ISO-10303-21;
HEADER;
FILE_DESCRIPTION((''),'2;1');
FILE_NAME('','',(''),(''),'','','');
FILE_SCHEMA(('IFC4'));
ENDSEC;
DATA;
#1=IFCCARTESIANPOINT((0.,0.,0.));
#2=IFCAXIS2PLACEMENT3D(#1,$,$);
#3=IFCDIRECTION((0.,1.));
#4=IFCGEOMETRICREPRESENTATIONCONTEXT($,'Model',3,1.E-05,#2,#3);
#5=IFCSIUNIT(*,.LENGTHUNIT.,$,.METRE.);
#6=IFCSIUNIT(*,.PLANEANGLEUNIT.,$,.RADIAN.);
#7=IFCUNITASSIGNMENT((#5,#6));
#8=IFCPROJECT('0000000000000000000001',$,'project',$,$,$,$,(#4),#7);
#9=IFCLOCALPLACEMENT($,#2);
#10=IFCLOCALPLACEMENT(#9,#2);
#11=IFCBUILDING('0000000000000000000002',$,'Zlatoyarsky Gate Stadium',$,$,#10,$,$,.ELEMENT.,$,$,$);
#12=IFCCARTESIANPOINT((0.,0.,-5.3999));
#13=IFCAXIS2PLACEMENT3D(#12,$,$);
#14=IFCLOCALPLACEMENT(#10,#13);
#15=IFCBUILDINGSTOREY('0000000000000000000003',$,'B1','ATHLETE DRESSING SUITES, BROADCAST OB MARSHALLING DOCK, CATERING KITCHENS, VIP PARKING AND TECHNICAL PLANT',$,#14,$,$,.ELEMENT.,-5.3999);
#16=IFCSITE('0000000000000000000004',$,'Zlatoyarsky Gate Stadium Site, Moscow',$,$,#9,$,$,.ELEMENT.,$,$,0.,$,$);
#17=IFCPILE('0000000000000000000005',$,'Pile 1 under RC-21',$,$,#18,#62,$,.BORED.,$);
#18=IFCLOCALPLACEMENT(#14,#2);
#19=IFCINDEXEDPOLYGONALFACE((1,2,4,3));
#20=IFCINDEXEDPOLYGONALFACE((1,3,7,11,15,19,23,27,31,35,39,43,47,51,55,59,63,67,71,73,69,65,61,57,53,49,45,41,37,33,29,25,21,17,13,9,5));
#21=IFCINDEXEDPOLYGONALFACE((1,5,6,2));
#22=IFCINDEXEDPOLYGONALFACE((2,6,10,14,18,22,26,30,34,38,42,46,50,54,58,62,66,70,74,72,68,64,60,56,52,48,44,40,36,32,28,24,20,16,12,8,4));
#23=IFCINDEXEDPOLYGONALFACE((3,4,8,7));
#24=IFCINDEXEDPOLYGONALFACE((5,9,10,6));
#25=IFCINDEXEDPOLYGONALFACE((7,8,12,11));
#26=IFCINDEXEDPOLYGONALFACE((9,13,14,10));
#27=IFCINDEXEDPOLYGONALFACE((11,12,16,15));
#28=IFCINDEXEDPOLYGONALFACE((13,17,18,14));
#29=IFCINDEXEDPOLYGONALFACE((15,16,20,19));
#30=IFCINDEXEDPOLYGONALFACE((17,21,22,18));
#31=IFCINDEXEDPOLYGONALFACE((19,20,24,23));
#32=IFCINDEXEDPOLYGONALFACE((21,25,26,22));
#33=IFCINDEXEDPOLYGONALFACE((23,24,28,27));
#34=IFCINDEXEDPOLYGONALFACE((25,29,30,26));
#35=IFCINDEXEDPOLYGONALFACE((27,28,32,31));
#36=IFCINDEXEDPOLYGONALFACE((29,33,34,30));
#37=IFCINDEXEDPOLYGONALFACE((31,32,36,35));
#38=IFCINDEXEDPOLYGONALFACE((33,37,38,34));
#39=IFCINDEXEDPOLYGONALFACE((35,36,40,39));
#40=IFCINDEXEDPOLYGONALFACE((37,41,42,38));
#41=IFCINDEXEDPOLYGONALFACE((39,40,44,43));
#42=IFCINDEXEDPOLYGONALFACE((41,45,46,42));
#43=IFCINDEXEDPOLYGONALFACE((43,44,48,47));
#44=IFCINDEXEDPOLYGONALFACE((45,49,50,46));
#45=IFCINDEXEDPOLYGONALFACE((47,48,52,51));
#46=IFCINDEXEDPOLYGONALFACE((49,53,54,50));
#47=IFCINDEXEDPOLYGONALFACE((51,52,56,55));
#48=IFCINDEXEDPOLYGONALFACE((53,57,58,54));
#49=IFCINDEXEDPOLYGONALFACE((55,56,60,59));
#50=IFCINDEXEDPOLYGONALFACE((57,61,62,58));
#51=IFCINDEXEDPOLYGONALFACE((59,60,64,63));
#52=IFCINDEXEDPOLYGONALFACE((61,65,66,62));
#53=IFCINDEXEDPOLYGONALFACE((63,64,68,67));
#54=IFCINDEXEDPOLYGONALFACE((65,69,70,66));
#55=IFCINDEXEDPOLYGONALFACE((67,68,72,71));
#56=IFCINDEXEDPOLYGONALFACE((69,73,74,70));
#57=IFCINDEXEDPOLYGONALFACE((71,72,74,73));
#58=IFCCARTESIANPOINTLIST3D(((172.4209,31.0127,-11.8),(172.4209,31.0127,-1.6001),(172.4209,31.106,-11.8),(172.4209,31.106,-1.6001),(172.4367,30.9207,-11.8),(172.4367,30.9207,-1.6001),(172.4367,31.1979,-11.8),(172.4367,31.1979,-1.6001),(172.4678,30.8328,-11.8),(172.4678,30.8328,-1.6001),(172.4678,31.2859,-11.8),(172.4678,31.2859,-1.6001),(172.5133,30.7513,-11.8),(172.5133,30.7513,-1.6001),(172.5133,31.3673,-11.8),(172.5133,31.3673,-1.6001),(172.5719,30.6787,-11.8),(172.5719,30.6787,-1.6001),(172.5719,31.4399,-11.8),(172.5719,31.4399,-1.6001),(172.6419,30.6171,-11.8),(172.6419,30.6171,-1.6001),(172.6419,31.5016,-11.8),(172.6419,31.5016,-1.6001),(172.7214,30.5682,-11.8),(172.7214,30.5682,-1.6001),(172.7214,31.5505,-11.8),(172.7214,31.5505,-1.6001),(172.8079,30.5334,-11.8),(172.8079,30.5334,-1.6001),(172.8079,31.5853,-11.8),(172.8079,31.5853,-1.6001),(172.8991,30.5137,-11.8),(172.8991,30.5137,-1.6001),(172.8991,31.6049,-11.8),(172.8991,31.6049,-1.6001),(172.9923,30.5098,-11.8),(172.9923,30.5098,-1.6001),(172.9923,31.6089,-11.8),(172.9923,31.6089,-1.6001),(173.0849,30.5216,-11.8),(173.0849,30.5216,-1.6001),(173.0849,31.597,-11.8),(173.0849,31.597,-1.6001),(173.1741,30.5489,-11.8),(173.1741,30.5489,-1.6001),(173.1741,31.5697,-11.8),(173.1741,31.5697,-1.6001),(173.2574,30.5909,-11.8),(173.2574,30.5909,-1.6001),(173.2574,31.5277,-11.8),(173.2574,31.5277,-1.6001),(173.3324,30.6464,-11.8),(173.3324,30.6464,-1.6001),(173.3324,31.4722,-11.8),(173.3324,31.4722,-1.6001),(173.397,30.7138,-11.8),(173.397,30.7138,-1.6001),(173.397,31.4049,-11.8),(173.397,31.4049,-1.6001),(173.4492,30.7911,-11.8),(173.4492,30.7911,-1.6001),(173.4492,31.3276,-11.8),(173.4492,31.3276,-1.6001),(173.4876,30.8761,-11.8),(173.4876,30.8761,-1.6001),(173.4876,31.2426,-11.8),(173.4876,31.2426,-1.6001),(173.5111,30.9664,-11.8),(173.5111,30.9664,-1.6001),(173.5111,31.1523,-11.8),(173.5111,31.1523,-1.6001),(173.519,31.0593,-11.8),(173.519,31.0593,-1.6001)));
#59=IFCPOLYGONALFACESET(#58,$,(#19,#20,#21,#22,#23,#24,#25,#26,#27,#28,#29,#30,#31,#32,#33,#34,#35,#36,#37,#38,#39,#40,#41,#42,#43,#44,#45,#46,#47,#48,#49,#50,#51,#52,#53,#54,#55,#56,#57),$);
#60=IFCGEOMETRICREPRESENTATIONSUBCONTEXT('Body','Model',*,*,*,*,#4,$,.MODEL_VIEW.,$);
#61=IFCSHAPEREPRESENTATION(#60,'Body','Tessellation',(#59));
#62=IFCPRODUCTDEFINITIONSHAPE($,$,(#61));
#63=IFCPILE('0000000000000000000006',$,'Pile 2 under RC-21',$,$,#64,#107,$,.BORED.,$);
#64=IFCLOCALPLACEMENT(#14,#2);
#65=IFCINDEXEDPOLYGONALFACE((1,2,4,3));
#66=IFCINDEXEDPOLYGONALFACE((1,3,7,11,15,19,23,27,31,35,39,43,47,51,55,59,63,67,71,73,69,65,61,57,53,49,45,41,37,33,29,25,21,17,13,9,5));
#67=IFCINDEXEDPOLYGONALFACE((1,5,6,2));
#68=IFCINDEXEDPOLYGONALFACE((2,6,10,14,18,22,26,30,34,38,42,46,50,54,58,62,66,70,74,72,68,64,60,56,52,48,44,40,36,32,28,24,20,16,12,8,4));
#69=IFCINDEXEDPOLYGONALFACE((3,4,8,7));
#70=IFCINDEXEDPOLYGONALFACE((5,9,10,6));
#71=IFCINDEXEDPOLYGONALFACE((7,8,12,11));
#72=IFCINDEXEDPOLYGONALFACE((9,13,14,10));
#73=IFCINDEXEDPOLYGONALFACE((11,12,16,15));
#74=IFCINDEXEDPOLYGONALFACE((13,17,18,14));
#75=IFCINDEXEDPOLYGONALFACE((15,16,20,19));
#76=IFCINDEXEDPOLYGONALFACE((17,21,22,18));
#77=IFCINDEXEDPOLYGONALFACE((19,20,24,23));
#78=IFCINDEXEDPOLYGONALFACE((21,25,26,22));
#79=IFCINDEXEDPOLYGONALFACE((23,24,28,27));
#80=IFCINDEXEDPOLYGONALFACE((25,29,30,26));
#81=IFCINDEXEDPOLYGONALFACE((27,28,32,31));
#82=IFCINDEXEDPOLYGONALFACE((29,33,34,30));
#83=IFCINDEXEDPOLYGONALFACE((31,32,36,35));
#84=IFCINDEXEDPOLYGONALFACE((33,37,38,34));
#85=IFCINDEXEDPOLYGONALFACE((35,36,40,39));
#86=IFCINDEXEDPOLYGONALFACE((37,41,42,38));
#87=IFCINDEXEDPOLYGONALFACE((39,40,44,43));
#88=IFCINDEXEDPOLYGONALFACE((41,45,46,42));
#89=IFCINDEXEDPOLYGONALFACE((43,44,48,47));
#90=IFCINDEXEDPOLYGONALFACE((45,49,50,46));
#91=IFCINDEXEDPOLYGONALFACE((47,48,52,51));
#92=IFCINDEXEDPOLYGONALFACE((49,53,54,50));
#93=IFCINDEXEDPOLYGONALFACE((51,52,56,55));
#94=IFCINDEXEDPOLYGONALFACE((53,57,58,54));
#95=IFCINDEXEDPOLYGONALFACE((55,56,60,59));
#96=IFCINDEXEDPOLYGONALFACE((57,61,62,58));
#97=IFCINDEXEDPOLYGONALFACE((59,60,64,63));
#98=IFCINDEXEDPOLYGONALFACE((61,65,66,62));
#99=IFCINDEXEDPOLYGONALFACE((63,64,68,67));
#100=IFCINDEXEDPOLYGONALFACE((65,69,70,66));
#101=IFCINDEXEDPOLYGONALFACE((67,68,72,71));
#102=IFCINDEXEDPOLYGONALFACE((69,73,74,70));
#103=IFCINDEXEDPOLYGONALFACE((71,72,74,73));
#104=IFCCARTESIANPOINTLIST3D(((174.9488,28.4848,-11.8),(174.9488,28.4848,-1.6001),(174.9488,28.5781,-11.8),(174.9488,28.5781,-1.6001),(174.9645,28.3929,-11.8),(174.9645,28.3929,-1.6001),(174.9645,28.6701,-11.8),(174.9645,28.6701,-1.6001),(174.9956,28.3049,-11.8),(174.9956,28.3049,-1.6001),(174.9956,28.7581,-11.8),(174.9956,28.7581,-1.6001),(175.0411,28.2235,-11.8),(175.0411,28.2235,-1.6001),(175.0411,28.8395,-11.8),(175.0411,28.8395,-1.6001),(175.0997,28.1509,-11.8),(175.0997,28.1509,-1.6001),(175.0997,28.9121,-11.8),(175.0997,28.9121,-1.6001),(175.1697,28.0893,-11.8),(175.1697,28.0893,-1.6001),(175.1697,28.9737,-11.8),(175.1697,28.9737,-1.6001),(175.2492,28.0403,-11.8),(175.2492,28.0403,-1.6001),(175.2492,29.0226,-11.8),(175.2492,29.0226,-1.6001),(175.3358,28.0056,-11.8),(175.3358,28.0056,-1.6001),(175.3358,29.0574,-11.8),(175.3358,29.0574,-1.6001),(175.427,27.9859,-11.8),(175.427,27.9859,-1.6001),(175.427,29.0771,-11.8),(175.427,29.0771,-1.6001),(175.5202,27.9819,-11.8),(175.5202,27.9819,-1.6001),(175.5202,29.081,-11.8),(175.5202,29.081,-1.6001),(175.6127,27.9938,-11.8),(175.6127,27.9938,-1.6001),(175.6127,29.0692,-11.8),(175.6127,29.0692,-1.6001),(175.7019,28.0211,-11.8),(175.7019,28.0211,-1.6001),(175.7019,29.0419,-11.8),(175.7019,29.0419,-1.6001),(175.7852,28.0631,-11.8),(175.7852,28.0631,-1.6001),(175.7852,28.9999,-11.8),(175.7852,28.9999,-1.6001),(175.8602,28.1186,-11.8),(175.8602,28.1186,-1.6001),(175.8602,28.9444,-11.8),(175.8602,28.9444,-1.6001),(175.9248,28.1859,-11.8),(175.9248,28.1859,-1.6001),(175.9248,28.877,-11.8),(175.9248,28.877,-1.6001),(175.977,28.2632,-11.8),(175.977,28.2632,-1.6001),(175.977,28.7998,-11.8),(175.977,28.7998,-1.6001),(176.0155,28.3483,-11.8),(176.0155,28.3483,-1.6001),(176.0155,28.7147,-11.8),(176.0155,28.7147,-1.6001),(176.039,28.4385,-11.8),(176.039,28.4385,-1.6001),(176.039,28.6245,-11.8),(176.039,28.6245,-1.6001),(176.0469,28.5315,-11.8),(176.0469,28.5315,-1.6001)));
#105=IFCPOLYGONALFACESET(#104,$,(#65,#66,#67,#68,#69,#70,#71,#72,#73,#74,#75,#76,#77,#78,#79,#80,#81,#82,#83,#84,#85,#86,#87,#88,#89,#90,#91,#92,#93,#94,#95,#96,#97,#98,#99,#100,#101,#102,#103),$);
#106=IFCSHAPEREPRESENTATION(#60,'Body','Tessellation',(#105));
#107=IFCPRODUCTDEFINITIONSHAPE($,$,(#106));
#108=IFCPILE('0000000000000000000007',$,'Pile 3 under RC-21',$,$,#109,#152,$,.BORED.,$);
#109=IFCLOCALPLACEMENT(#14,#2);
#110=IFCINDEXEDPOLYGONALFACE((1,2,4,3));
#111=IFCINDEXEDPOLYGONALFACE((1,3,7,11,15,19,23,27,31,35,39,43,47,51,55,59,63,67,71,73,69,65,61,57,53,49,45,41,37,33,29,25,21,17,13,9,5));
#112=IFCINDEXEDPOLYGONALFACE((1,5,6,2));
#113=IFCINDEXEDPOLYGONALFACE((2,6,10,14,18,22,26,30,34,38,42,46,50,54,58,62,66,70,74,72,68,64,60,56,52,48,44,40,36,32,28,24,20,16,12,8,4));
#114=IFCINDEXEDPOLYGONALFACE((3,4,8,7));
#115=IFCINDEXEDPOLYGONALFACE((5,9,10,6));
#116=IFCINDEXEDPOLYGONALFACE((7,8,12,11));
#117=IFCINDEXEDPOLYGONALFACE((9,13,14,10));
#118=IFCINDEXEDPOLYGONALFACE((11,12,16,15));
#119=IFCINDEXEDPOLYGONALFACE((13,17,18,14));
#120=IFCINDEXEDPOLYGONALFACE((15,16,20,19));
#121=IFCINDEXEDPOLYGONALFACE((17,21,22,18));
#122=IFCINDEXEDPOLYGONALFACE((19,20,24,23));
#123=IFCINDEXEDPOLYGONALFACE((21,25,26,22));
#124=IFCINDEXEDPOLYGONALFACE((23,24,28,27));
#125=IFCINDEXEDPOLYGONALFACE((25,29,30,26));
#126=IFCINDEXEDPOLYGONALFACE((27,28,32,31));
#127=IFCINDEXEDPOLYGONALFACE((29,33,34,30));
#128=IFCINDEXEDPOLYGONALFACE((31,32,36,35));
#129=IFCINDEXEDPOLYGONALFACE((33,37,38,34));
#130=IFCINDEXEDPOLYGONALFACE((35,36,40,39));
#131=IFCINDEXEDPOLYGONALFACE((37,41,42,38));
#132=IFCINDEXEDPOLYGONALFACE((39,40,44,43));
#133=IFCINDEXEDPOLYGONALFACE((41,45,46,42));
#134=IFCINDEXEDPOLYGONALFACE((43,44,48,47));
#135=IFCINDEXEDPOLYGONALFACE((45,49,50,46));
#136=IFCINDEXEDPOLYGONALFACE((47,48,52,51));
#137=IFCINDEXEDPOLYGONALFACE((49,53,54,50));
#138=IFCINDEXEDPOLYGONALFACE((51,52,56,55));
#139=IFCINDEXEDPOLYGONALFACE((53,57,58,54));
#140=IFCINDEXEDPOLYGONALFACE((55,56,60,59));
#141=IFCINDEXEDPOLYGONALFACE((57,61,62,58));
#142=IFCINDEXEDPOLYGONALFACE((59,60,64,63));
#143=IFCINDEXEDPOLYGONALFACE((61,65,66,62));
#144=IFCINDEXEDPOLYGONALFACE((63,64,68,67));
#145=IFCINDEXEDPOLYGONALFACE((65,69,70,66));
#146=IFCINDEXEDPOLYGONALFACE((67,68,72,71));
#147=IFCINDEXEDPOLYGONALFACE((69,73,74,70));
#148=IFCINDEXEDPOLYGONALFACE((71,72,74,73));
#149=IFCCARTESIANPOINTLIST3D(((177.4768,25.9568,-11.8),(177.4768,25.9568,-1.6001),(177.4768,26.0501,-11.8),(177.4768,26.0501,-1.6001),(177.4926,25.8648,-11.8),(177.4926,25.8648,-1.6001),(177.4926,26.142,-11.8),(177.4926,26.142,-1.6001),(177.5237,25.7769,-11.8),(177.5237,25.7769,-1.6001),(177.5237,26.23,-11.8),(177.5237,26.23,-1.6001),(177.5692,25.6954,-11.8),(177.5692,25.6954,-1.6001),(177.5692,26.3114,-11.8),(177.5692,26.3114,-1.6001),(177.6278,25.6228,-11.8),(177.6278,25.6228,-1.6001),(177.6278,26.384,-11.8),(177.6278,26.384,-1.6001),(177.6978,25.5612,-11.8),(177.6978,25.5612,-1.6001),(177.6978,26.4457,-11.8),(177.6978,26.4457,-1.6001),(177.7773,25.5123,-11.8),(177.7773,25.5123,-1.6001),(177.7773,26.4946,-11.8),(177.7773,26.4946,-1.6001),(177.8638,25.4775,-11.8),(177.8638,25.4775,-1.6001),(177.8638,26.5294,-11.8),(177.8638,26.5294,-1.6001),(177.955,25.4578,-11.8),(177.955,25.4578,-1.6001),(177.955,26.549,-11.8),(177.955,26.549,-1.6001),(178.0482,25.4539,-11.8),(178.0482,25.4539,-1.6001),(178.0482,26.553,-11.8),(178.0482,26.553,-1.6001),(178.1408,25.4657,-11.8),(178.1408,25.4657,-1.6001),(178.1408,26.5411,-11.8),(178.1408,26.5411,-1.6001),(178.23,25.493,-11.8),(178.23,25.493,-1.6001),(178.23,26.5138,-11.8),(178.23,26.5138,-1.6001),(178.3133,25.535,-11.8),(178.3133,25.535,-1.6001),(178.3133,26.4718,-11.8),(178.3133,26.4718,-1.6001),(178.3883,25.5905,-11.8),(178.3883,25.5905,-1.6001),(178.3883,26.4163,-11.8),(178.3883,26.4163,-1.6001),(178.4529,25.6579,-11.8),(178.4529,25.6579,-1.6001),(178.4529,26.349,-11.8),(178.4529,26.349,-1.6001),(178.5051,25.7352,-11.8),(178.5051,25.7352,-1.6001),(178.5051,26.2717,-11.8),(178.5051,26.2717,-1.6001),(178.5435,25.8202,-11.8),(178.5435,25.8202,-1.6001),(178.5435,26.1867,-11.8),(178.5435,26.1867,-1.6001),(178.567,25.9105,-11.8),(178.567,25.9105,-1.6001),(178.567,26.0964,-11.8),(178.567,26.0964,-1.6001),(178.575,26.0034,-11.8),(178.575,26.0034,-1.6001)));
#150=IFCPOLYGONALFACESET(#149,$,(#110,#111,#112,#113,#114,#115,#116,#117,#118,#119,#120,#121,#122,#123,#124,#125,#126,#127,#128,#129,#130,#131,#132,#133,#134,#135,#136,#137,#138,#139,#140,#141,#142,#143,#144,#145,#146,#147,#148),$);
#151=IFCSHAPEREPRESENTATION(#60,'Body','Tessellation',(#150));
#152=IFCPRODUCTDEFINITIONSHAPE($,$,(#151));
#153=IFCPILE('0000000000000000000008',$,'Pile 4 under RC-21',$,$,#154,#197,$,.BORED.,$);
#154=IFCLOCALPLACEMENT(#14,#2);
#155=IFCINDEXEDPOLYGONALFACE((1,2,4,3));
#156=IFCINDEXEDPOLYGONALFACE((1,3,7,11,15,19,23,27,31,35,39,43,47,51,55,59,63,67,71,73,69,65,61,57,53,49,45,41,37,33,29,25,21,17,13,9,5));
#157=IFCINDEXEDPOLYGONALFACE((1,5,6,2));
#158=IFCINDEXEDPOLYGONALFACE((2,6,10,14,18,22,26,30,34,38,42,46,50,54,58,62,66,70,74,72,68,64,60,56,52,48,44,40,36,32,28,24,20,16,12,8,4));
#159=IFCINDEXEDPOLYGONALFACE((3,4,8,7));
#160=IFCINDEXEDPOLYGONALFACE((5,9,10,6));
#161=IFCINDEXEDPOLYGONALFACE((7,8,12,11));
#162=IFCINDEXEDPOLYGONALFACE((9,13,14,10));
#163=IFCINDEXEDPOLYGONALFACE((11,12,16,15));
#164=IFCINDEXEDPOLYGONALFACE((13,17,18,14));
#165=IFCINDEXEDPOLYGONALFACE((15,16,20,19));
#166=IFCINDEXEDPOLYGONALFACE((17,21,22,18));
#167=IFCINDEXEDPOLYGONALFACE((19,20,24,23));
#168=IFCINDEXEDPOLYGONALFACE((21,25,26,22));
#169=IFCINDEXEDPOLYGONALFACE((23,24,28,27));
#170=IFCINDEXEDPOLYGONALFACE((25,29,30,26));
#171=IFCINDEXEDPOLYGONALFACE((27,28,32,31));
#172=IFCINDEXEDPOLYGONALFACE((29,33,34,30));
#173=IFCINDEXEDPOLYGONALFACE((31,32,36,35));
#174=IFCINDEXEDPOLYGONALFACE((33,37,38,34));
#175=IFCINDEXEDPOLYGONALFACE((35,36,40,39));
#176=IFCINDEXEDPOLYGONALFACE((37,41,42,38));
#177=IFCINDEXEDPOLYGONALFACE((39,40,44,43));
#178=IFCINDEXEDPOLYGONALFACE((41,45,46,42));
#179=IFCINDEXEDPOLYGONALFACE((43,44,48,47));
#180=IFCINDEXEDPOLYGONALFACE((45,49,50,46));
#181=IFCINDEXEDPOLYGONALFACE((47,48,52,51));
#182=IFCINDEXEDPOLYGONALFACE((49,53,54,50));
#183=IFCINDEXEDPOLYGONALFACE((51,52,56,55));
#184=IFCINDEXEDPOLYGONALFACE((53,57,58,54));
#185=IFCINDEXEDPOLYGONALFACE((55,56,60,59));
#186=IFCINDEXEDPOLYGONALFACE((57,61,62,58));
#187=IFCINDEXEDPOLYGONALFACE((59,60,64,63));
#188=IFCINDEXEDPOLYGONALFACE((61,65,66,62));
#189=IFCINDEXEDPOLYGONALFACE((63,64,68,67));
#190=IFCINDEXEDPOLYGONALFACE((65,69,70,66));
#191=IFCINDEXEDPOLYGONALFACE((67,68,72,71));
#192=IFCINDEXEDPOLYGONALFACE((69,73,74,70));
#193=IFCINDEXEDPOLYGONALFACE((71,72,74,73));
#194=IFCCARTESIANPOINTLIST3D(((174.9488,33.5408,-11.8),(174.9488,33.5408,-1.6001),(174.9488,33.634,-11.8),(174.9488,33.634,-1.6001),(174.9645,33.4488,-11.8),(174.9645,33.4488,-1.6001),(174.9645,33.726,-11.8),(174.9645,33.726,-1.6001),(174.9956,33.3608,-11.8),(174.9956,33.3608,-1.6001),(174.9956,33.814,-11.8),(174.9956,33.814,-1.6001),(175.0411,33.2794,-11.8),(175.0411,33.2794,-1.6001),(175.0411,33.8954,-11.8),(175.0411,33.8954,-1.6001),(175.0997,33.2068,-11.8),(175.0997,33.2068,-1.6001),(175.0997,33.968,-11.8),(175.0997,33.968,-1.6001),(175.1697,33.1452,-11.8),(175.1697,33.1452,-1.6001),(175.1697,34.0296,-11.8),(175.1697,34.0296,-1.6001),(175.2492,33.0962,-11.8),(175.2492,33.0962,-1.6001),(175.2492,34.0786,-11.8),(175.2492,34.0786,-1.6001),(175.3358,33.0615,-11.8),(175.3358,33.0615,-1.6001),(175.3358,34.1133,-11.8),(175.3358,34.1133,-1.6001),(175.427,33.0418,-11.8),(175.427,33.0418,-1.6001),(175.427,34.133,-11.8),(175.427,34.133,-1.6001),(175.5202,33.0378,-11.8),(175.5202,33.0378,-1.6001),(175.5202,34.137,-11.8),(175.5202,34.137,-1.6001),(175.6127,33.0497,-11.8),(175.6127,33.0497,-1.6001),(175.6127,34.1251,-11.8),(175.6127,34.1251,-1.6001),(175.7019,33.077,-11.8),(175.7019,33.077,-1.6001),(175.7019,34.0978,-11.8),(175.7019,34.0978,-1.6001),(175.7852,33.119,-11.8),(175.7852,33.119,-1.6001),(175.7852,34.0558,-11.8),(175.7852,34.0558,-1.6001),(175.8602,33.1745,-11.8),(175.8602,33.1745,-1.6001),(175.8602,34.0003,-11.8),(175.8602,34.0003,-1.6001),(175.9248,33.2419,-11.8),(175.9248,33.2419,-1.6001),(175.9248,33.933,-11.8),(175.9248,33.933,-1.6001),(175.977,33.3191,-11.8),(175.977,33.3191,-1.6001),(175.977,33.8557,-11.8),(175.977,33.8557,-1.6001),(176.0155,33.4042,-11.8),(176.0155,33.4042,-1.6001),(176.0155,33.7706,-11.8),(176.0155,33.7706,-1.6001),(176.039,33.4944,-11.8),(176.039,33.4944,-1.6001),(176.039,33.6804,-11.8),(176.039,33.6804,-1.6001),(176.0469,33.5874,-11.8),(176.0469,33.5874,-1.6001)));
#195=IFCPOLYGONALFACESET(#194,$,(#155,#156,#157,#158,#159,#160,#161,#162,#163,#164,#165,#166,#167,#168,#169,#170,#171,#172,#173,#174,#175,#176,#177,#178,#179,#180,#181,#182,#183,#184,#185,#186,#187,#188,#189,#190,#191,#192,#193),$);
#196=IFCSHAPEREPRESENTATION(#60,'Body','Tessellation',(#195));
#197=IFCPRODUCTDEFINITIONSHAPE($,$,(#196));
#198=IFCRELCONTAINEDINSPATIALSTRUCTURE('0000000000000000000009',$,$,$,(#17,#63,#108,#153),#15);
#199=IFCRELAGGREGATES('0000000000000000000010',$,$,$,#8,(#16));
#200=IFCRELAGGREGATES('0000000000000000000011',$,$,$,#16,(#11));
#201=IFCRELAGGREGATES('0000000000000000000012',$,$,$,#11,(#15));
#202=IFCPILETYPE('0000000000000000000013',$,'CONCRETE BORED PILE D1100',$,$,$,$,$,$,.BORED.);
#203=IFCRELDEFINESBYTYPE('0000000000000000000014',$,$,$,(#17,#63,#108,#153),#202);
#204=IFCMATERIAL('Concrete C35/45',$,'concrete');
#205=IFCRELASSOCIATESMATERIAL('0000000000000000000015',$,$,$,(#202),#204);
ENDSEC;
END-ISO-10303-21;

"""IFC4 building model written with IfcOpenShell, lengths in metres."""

from ifc_helpers import new_model, si_unit, direction, frame, origin, origin_2d, place, context, subcontext, project, spatial, circle, extrude, material, material_profile, profile_set, type_object, element, save


model = new_model("IFC4")

# Units and contexts
model_context = context("Model", 3, precision=1e-05, world=origin(), true_north=direction((0.0, 1.0)))
body_context = subcontext(model_context, "Body", "Model", "MODEL_VIEW")
ifc_project = project(units=[si_unit("LENGTHUNIT", "METRE"), si_unit("PLANEANGLEUNIT", "RADIAN")], contexts=[model_context])

# Site, building, storey
site_placement = place(None, origin())
site = spatial("IfcSite", under=ifc_project, at=site_placement, Name="Zlatoyarsky Gate Stadium Site, Moscow", CompositionType="ELEMENT", RefElevation=0.0)
building_placement = place(site_placement, origin())
building = spatial("IfcBuilding", under=site, at=building_placement, Name="Zlatoyarsky Gate Stadium", CompositionType="ELEMENT")
storey_placement = place(building_placement, frame((0.0, 0.0, -5.3999)))
storey = spatial("IfcBuildingStorey", under=building, at=storey_placement, Name="B1", Description="ATHLETE DRESSING SUITES, BROADCAST OB MARSHALLING DOCK, CATERING KITCHENS, VIP PARKING AND TECHNICAL PLANT", CompositionType="ELEMENT", Elevation=-5.3999)

# Piles
ifc_material_1 = material(Name="Concrete C35/45", Category="concrete")
ifc_material_profile_1 = material_profile(ifc_material_1, circle(Radius=0.55, at=origin_2d()), Name="BORED PILE D1100")
ifc_profile_set_1 = profile_set([ifc_material_profile_1], Name="Concrete C35/45")
pile_type_1 = type_object("IfcPileType", Name="CONCRETE BORED PILE D1100", PredefinedType="BORED", material=ifc_profile_set_1)
for number, where, z_axis, x_axis, name in (
    (1, (172.969, 31.0593, -1.6001), (0.0, 0.0, -1.0), (1.0, 0.0, 0.0), "Pile 1 under RC-21"),
    (2, (175.4968, 28.5315, -1.6001), (0.0, 0.0, -1.0), (1.0, 0.0, 0.0), "Pile 2 under RC-21"),
    (3, (178.0249, 26.0034, -1.6001), (0.0, 0.0, -1.0), (1.0, 0.0, 0.0), "Pile 3 under RC-21"),
    (4, (175.4968, 33.5874, -1.6001), (0.0, 0.0, -1.0), (1.0, 0.0, 0.0), "Pile 4 under RC-21"),
):
    element("IfcPile", number, at=place(storey_placement, frame(where, z_axis=z_axis, x_axis=x_axis)), inside=storey, type_object=pile_type_1, Name=name, PredefinedType="BORED", context=body_context, shape_type="SweptSolid", body=[
        extrude(circle(Radius=0.55, at=origin_2d()), origin(), (0.0, 0.0, 1.0), 10.2),
    ])

save(model, "model.ifc")
